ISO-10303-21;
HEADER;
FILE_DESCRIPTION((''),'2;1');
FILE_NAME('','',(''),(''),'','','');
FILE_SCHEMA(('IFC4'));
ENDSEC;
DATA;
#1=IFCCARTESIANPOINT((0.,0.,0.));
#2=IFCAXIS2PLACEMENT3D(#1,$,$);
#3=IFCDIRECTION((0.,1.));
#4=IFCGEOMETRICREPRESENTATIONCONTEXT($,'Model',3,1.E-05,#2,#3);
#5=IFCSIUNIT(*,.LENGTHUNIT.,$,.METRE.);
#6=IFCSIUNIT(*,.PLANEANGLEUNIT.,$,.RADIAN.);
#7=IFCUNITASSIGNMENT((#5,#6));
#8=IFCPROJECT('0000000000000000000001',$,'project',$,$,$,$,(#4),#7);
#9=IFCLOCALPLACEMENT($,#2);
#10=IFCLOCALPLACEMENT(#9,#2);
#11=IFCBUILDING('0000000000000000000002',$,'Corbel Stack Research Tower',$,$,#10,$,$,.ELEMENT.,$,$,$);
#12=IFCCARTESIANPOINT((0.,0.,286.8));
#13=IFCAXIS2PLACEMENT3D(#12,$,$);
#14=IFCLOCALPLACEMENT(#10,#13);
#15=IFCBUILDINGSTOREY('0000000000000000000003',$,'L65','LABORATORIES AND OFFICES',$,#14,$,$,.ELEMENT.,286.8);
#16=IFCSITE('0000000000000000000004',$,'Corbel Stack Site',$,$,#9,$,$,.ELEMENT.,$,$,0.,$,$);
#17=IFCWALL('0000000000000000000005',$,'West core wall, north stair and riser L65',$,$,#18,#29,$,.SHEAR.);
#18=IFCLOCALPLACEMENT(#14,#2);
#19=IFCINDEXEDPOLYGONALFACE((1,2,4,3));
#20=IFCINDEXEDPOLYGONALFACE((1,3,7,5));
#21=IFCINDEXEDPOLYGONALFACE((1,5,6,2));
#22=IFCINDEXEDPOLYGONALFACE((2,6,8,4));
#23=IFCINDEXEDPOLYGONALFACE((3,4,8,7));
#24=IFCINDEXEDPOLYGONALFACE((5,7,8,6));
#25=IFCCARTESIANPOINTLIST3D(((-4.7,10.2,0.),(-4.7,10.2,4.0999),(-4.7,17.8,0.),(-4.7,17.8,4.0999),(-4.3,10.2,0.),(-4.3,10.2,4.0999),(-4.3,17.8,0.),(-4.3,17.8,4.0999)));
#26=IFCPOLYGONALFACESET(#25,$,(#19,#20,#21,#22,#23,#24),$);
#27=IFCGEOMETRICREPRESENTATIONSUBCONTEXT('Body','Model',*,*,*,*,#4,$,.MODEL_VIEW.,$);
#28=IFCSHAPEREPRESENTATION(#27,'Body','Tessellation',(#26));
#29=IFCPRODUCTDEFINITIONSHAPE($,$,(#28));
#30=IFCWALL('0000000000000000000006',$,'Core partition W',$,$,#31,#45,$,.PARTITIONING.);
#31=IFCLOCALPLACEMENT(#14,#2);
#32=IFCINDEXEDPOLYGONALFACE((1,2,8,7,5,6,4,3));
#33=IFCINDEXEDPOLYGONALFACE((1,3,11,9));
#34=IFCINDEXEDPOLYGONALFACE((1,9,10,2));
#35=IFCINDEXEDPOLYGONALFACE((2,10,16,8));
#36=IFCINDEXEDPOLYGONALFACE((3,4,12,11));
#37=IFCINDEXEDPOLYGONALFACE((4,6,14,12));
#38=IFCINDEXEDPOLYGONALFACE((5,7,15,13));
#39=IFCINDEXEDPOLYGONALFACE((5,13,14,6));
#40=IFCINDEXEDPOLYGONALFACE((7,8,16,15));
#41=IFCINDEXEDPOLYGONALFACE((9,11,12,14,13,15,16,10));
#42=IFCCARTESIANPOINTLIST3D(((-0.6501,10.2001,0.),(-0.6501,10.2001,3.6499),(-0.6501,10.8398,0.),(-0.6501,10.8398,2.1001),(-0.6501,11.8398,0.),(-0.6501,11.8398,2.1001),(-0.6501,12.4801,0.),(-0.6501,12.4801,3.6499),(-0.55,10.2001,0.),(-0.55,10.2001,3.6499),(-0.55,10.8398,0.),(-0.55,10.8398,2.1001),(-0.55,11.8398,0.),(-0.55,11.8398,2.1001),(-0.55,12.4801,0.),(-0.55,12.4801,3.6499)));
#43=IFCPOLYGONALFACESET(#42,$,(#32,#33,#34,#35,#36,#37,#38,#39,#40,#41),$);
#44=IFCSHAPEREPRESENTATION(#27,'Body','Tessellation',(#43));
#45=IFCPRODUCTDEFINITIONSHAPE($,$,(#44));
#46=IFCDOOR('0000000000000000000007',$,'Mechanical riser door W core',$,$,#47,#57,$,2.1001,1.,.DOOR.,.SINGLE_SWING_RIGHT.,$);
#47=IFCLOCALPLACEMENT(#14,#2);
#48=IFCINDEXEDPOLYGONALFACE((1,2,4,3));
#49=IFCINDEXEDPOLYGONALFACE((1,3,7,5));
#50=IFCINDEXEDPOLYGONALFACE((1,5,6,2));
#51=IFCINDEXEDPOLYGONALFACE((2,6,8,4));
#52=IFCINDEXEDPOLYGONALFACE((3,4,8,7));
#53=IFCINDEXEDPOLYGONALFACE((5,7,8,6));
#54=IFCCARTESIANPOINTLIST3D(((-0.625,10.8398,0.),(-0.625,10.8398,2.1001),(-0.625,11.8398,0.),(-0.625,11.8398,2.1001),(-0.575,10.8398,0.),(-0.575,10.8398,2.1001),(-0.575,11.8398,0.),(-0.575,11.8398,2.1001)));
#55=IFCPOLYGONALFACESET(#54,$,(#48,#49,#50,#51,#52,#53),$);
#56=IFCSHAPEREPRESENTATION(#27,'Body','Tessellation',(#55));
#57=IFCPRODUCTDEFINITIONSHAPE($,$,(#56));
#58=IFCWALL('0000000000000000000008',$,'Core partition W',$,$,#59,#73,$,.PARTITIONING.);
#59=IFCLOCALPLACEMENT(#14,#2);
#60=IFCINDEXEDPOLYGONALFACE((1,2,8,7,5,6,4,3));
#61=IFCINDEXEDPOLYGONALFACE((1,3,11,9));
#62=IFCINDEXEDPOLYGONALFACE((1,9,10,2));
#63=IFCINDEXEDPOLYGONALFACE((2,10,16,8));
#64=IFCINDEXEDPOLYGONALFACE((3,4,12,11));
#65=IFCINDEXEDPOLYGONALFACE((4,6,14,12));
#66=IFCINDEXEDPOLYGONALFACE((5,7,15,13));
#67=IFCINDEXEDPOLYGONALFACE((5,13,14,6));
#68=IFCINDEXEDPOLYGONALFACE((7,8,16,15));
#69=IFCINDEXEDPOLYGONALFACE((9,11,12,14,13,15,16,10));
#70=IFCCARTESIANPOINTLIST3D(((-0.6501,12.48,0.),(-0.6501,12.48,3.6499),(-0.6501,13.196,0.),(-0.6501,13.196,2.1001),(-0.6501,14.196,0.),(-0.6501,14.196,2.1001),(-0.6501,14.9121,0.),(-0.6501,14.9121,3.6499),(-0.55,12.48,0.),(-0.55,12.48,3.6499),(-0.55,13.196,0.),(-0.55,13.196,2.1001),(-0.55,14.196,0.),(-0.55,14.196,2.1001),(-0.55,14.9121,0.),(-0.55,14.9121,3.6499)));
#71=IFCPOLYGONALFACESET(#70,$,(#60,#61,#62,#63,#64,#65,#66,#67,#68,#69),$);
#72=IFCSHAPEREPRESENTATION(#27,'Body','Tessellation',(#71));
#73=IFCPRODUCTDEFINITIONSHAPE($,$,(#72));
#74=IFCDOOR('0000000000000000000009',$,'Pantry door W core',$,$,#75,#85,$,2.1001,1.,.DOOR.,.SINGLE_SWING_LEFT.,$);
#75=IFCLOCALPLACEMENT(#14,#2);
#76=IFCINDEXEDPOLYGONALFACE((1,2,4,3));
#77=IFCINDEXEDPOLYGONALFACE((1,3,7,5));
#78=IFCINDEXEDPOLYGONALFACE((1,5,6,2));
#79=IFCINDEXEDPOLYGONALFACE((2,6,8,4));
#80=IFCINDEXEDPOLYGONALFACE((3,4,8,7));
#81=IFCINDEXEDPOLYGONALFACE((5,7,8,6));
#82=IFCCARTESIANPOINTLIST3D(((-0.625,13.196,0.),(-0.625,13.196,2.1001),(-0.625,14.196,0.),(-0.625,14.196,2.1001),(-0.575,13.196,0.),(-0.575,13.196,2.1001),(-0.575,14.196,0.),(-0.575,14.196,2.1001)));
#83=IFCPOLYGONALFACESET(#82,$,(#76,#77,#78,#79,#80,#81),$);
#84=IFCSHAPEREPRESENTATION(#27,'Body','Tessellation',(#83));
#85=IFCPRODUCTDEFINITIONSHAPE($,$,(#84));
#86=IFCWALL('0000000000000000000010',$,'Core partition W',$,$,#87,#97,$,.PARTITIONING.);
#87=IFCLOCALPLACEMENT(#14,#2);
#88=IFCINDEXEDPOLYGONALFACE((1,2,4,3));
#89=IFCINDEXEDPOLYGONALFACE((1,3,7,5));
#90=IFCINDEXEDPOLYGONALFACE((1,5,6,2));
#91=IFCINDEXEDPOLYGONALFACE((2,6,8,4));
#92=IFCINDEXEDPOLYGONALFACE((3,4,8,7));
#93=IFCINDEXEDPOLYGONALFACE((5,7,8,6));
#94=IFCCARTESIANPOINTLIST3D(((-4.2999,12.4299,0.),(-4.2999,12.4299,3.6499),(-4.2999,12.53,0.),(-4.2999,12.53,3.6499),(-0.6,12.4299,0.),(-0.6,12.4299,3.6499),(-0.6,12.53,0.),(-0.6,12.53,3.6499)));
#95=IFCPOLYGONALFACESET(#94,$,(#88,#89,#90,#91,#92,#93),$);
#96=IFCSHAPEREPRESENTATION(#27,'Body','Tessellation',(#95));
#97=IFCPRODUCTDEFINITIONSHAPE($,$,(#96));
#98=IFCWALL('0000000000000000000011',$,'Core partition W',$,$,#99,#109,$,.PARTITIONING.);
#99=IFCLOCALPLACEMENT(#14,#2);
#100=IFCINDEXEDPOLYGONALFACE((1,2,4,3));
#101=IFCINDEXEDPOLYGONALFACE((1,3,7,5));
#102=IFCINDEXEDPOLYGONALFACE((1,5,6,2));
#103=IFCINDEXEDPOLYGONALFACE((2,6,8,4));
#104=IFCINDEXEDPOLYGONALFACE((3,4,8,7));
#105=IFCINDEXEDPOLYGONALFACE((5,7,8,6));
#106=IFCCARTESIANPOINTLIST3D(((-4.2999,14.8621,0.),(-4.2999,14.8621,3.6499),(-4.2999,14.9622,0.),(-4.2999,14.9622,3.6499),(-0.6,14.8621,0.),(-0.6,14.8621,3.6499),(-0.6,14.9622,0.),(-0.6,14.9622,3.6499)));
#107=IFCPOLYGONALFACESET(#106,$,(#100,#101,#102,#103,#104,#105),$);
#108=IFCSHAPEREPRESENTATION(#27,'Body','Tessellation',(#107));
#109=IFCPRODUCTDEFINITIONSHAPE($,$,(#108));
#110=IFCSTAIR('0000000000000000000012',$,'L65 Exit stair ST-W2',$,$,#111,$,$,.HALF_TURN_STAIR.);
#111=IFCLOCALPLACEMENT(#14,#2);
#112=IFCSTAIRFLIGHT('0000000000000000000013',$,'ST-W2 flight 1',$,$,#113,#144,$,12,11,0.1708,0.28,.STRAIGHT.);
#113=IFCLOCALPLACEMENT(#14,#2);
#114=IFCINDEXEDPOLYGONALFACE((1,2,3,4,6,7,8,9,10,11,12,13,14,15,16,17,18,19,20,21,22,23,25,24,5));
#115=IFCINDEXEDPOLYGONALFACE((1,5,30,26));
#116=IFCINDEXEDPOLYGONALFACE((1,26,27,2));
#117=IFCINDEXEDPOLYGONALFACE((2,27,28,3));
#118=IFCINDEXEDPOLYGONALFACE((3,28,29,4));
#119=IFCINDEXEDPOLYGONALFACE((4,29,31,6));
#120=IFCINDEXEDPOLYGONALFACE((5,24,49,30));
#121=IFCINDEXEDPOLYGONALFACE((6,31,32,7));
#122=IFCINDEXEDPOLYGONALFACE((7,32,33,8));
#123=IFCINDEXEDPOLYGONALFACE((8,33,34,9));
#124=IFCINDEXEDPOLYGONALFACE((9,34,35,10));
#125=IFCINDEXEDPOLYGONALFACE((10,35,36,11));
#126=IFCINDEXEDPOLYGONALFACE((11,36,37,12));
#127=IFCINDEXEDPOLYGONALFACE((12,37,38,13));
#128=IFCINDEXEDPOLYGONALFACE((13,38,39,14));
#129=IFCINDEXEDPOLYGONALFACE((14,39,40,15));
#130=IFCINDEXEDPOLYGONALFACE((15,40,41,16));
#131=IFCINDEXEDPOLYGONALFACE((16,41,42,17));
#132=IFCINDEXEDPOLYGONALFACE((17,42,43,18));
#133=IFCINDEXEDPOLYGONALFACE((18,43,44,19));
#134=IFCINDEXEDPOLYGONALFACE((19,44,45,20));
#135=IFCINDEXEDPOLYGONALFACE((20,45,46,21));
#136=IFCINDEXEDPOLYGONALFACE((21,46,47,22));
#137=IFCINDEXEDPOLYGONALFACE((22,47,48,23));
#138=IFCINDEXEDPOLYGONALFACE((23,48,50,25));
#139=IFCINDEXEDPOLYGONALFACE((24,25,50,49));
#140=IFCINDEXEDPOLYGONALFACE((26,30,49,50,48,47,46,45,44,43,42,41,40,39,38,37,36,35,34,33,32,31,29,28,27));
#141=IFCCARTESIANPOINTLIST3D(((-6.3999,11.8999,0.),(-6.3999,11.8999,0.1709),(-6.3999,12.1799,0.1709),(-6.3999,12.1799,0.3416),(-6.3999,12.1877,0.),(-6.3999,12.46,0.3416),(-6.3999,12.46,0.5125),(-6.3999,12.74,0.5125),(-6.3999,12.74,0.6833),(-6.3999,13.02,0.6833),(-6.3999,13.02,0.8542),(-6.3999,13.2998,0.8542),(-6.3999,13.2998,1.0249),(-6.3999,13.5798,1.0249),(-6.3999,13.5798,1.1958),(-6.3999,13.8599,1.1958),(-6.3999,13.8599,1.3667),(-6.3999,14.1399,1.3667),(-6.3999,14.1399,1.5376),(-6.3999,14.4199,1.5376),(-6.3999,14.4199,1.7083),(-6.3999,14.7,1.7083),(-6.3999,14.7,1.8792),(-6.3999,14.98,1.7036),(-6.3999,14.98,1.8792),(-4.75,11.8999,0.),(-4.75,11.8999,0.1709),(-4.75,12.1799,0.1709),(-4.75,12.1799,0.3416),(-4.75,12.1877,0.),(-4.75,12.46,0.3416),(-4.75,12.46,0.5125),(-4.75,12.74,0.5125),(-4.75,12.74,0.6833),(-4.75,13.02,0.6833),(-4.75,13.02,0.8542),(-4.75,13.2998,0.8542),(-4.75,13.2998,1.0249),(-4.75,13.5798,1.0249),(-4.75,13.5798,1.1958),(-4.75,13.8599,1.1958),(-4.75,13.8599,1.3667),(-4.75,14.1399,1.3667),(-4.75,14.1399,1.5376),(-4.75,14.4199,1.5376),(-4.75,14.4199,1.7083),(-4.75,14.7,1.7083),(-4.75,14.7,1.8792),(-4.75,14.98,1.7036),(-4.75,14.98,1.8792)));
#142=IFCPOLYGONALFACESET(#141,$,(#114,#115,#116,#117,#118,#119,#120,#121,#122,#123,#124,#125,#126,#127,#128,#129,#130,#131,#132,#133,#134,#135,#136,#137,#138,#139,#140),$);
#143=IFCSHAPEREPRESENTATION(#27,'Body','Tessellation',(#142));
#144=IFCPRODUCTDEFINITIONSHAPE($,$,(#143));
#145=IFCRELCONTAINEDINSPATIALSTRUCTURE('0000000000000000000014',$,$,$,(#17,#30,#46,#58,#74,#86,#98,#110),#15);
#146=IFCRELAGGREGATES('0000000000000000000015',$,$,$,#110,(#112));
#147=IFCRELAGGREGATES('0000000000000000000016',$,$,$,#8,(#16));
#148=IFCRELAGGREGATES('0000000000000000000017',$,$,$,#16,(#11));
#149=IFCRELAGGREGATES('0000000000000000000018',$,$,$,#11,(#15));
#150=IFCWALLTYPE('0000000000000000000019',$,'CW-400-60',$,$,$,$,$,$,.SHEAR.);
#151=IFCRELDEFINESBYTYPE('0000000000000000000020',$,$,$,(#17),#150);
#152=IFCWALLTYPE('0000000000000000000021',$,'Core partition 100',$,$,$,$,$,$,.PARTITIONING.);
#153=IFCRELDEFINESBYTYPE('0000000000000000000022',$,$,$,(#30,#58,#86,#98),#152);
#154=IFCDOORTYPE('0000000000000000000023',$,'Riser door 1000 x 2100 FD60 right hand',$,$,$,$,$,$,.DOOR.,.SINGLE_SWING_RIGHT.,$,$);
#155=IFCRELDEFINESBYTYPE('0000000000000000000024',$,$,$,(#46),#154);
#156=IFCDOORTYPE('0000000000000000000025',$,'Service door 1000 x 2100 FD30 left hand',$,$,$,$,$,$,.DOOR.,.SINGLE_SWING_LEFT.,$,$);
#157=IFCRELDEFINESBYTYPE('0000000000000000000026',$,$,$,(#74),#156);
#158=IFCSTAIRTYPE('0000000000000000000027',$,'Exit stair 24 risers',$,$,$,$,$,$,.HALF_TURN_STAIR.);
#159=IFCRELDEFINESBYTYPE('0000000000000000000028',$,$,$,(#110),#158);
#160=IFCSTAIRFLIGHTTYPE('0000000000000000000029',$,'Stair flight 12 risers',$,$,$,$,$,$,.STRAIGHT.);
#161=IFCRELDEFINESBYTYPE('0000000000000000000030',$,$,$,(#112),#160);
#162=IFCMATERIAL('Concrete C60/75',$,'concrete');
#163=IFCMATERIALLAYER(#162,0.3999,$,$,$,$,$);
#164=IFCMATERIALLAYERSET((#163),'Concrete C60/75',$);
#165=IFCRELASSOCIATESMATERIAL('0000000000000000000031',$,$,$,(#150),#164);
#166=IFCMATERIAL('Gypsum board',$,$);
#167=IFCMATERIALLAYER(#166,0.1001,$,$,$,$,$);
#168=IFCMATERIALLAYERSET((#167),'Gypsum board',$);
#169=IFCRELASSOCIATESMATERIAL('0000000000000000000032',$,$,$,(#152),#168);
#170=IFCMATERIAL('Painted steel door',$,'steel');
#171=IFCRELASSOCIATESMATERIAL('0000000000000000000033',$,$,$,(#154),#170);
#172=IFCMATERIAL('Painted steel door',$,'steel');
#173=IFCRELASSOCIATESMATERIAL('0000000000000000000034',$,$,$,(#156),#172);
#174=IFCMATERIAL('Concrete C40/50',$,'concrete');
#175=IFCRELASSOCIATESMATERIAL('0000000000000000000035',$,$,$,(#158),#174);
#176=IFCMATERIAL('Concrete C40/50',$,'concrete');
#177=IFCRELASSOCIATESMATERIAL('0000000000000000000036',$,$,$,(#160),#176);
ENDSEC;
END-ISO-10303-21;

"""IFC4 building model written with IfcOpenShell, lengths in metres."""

from ifc_helpers import new_model, si_unit, direction, frame, frame_2d, origin, place, context, subcontext, project, spatial, polyline, rectangle, outline, extrude, material, layer, layer_set, type_object, element, fill, aggregate, save


model = new_model("IFC4")

# Units and contexts
model_context = context("Model", 3, precision=1e-05, world=origin(), true_north=direction((0.0, 1.0)))
body_context = subcontext(model_context, "Body", "Model", "MODEL_VIEW")
ifc_project = project(units=[si_unit("LENGTHUNIT", "METRE"), si_unit("PLANEANGLEUNIT", "RADIAN")], contexts=[model_context])

# Site, building, storey
site_placement = place(None, origin())
site = spatial("IfcSite", under=ifc_project, at=site_placement, Name="Corbel Stack Site", CompositionType="ELEMENT", RefElevation=0.0)
building_placement = place(site_placement, origin())
building = spatial("IfcBuilding", under=site, at=building_placement, Name="Corbel Stack Research Tower", CompositionType="ELEMENT")
storey_placement = place(building_placement, frame((0.0, 0.0, 286.8)))
storey = spatial("IfcBuildingStorey", under=building, at=storey_placement, Name="L65", Description="LABORATORIES AND OFFICES", CompositionType="ELEMENT", Elevation=286.8)

# Shared definitions
ifc_material_1 = material(Name="Concrete C60/75", Category="concrete")
ifc_layer_1 = layer(ifc_material_1, 0.3999)
ifc_layer_set_1 = layer_set([ifc_layer_1], Name="Concrete C60/75")
wall_type_1 = type_object("IfcWallType", Name="CW-400-60", PredefinedType="SHEAR", material=ifc_layer_set_1)

# Wall
wall_1_placement = place(storey_placement, frame((-4.5, 10.2, 0.0), z_axis=(0.0, 0.0, 1.0), x_axis=(0.0, 1.0, 0.0)))
element("IfcWall", 1, at=wall_1_placement, inside=storey, type_object=wall_type_1, Name="West core wall, north stair and riser L65", PredefinedType="SHEAR", context=body_context, shape_type="SweptSolid", body=[
    extrude(rectangle(XDim=7.6001, YDim=0.3999, at=frame_2d((3.8, 0.0))), origin(), (0.0, 0.0, 1.0), 4.0999),
])

# Walls, openings, doors
ifc_material_2 = material(Name="Gypsum board")
ifc_layer_2 = layer(ifc_material_2, 0.1001)
ifc_layer_set_2 = layer_set([ifc_layer_2], Name="Gypsum board")
wall_type_2 = type_object("IfcWallType", Name="Core partition 100", PredefinedType="PARTITIONING", material=ifc_layer_set_2)
wall_2_placement = place(storey_placement, frame((-0.6001, 10.2, 0.0), z_axis=(0.0, 0.0, 1.0), x_axis=(0.0, 1.0, 0.0)))
wall_2 = element("IfcWall", 2, at=wall_2_placement, inside=storey, type_object=wall_type_2, Name="Core partition W", PredefinedType="PARTITIONING", context=body_context, shape_type="SweptSolid", body=[
    extrude(rectangle(XDim=2.28, YDim=0.1001, at=frame_2d((1.1401, 0.0))), origin(), (0.0, 0.0, 1.0), 3.6499),
])
opening_1_placement = place(wall_2_placement, frame((0.6399, 0.0, 0.0)))
opening_1 = element("IfcOpeningElement", 3, at=opening_1_placement, cuts=wall_2, PredefinedType="OPENING", context=body_context, shape_type="SweptSolid", body=[
    extrude(rectangle(XDim=1.0, YDim=2.1001, at=frame_2d((0.5, 1.05))), frame((0.0, 0.0601, 0.0), z_axis=(0.0, -1.0, 0.0), x_axis=(1.0, 0.0, 0.0)), (0.0, 0.0, 1.0), 0.1201),
])
ifc_material_3 = material(Name="Painted steel door", Category="steel")
door_type_1 = type_object("IfcDoorType", Name="Riser door 1000 x 2100 FD60 right hand", OperationType="SINGLE_SWING_RIGHT", PredefinedType="DOOR", material=ifc_material_3)
door_1_placement = place(opening_1_placement, origin())
door_1 = element("IfcDoor", 4, at=door_1_placement, inside=storey, type_object=door_type_1, Name="Mechanical riser door W core", OperationType="SINGLE_SWING_RIGHT", OverallHeight=2.1001, OverallWidth=1.0, PredefinedType="DOOR", context=body_context, shape_type="SweptSolid", body=[
    extrude(rectangle(XDim=1.0, YDim=2.1001, at=frame_2d((0.5, 1.05))), frame((0.0, 0.0249, 0.0), z_axis=(0.0, -1.0, 0.0), x_axis=(1.0, 0.0, 0.0)), (0.0, 0.0, 1.0), 0.05),
])
fill(opening_1, door_1)
wall_3_placement = place(storey_placement, frame((-0.6001, 12.48, 0.0), z_axis=(0.0, 0.0, 1.0), x_axis=(0.0, 1.0, 0.0)))
wall_3 = element("IfcWall", 5, at=wall_3_placement, inside=storey, type_object=wall_type_2, Name="Core partition W", PredefinedType="PARTITIONING", context=body_context, shape_type="SweptSolid", body=[
    extrude(rectangle(XDim=2.4321, YDim=0.1001, at=frame_2d((1.2161, 0.0))), origin(), (0.0, 0.0, 1.0), 3.6499),
])
opening_2_placement = place(wall_3_placement, frame((0.7161, 0.0, 0.0)))
opening_2 = element("IfcOpeningElement", 6, at=opening_2_placement, cuts=wall_3, PredefinedType="OPENING", context=body_context, shape_type="SweptSolid", body=[
    extrude(rectangle(XDim=1.0, YDim=2.1001, at=frame_2d((0.5, 1.05))), frame((0.0, 0.0601, 0.0), z_axis=(0.0, -1.0, 0.0), x_axis=(1.0, 0.0, 0.0)), (0.0, 0.0, 1.0), 0.1201),
])
ifc_material_4 = material(Name="Painted steel door", Category="steel")
door_type_2 = type_object("IfcDoorType", Name="Service door 1000 x 2100 FD30 left hand", OperationType="SINGLE_SWING_LEFT", PredefinedType="DOOR", material=ifc_material_4)
door_2_placement = place(opening_2_placement, origin())
door_2 = element("IfcDoor", 7, at=door_2_placement, inside=storey, type_object=door_type_2, Name="Pantry door W core", OperationType="SINGLE_SWING_LEFT", OverallHeight=2.1001, OverallWidth=1.0, PredefinedType="DOOR", context=body_context, shape_type="SweptSolid", body=[
    extrude(rectangle(XDim=1.0, YDim=2.1001, at=frame_2d((0.5, 1.05))), frame((0.0, 0.0249, 0.0), z_axis=(0.0, -1.0, 0.0), x_axis=(1.0, 0.0, 0.0)), (0.0, 0.0, 1.0), 0.05),
])
fill(opening_2, door_2)

# Walls
for number, where, z_axis, x_axis, name in (
    (8, (-4.3, 12.48, 0.0), (0.0, 0.0, 1.0), (1.0, 0.0, 0.0), "Core partition W"),
    (9, (-4.3, 14.9121, 0.0), (0.0, 0.0, 1.0), (1.0, 0.0, 0.0), "Core partition W"),
):
    element("IfcWall", number, at=place(storey_placement, frame(where, z_axis=z_axis, x_axis=x_axis)), inside=storey, type_object=wall_type_2, Name=name, PredefinedType="PARTITIONING", context=body_context, shape_type="SweptSolid", body=[
        extrude(rectangle(XDim=3.7, YDim=0.1001, at=frame_2d((1.8501, 0.0))), origin(), (0.0, 0.0, 1.0), 3.6499),
    ])

# Stair, stair flight
ifc_material_5 = material(Name="Concrete C40/50", Category="concrete")
stair_type = type_object("IfcStairType", Name="Exit stair 24 risers", PredefinedType="HALF_TURN_STAIR", material=ifc_material_5)
stair_placement = place(storey_placement, origin())
stair = element("IfcStair", 10, at=stair_placement, inside=storey, type_object=stair_type, Name="L65 Exit stair ST-W2", PredefinedType="HALF_TURN_STAIR")
ifc_material_6 = material(Name="Concrete C40/50", Category="concrete")
stair_flight_type = type_object("IfcStairFlightType", Name="Stair flight 12 risers", PredefinedType="STRAIGHT", material=ifc_material_6)
stair_flight_placement = place(storey_placement, frame((-5.575, 11.8999, 0.0), z_axis=(0.0, 0.0, 1.0), x_axis=(0.0, 1.0, 0.0)))
stair_flight = element("IfcStairFlight", 11, at=stair_flight_placement, type_object=stair_flight_type, Name="ST-W2 flight 1", NumberOfRisers=12, NumberOfTreads=11, PredefinedType="STRAIGHT", RiserHeight=0.1708, TreadLength=0.28, context=body_context, shape_type="SweptSolid", body=[
    extrude(outline(polyline([(0.0, 0.0), (0.0, 0.1709), (0.28, 0.1709), (0.28, 0.3416), (0.5601, 0.3416), (0.5601, 0.5125), (0.8401, 0.5125), (0.8401, 0.6833), (1.1201, 0.6833), (1.1201, 0.8542), (1.3999, 0.8542), (1.3999, 1.0249), (1.6799, 1.0249), (1.6799, 1.1958), (1.96, 1.1958), (1.96, 1.3667), (2.24, 1.3667), (2.24, 1.5376), (2.52, 1.5376), (2.52, 1.7083), (2.8, 1.7083), (2.8, 1.8792), (3.0801, 1.8792), (3.0801, 2.05), (3.0801, 1.7036), (0.2878, 0.0), (0.0, 0.0)])), frame((0.0, 0.825, 0.0), z_axis=(0.0, -1.0, 0.0), x_axis=(1.0, 0.0, 0.0)), (0.0, 0.0, 1.0), 1.6499),
])
aggregate(stair, [stair_flight])

save(model, "model.ifc")
